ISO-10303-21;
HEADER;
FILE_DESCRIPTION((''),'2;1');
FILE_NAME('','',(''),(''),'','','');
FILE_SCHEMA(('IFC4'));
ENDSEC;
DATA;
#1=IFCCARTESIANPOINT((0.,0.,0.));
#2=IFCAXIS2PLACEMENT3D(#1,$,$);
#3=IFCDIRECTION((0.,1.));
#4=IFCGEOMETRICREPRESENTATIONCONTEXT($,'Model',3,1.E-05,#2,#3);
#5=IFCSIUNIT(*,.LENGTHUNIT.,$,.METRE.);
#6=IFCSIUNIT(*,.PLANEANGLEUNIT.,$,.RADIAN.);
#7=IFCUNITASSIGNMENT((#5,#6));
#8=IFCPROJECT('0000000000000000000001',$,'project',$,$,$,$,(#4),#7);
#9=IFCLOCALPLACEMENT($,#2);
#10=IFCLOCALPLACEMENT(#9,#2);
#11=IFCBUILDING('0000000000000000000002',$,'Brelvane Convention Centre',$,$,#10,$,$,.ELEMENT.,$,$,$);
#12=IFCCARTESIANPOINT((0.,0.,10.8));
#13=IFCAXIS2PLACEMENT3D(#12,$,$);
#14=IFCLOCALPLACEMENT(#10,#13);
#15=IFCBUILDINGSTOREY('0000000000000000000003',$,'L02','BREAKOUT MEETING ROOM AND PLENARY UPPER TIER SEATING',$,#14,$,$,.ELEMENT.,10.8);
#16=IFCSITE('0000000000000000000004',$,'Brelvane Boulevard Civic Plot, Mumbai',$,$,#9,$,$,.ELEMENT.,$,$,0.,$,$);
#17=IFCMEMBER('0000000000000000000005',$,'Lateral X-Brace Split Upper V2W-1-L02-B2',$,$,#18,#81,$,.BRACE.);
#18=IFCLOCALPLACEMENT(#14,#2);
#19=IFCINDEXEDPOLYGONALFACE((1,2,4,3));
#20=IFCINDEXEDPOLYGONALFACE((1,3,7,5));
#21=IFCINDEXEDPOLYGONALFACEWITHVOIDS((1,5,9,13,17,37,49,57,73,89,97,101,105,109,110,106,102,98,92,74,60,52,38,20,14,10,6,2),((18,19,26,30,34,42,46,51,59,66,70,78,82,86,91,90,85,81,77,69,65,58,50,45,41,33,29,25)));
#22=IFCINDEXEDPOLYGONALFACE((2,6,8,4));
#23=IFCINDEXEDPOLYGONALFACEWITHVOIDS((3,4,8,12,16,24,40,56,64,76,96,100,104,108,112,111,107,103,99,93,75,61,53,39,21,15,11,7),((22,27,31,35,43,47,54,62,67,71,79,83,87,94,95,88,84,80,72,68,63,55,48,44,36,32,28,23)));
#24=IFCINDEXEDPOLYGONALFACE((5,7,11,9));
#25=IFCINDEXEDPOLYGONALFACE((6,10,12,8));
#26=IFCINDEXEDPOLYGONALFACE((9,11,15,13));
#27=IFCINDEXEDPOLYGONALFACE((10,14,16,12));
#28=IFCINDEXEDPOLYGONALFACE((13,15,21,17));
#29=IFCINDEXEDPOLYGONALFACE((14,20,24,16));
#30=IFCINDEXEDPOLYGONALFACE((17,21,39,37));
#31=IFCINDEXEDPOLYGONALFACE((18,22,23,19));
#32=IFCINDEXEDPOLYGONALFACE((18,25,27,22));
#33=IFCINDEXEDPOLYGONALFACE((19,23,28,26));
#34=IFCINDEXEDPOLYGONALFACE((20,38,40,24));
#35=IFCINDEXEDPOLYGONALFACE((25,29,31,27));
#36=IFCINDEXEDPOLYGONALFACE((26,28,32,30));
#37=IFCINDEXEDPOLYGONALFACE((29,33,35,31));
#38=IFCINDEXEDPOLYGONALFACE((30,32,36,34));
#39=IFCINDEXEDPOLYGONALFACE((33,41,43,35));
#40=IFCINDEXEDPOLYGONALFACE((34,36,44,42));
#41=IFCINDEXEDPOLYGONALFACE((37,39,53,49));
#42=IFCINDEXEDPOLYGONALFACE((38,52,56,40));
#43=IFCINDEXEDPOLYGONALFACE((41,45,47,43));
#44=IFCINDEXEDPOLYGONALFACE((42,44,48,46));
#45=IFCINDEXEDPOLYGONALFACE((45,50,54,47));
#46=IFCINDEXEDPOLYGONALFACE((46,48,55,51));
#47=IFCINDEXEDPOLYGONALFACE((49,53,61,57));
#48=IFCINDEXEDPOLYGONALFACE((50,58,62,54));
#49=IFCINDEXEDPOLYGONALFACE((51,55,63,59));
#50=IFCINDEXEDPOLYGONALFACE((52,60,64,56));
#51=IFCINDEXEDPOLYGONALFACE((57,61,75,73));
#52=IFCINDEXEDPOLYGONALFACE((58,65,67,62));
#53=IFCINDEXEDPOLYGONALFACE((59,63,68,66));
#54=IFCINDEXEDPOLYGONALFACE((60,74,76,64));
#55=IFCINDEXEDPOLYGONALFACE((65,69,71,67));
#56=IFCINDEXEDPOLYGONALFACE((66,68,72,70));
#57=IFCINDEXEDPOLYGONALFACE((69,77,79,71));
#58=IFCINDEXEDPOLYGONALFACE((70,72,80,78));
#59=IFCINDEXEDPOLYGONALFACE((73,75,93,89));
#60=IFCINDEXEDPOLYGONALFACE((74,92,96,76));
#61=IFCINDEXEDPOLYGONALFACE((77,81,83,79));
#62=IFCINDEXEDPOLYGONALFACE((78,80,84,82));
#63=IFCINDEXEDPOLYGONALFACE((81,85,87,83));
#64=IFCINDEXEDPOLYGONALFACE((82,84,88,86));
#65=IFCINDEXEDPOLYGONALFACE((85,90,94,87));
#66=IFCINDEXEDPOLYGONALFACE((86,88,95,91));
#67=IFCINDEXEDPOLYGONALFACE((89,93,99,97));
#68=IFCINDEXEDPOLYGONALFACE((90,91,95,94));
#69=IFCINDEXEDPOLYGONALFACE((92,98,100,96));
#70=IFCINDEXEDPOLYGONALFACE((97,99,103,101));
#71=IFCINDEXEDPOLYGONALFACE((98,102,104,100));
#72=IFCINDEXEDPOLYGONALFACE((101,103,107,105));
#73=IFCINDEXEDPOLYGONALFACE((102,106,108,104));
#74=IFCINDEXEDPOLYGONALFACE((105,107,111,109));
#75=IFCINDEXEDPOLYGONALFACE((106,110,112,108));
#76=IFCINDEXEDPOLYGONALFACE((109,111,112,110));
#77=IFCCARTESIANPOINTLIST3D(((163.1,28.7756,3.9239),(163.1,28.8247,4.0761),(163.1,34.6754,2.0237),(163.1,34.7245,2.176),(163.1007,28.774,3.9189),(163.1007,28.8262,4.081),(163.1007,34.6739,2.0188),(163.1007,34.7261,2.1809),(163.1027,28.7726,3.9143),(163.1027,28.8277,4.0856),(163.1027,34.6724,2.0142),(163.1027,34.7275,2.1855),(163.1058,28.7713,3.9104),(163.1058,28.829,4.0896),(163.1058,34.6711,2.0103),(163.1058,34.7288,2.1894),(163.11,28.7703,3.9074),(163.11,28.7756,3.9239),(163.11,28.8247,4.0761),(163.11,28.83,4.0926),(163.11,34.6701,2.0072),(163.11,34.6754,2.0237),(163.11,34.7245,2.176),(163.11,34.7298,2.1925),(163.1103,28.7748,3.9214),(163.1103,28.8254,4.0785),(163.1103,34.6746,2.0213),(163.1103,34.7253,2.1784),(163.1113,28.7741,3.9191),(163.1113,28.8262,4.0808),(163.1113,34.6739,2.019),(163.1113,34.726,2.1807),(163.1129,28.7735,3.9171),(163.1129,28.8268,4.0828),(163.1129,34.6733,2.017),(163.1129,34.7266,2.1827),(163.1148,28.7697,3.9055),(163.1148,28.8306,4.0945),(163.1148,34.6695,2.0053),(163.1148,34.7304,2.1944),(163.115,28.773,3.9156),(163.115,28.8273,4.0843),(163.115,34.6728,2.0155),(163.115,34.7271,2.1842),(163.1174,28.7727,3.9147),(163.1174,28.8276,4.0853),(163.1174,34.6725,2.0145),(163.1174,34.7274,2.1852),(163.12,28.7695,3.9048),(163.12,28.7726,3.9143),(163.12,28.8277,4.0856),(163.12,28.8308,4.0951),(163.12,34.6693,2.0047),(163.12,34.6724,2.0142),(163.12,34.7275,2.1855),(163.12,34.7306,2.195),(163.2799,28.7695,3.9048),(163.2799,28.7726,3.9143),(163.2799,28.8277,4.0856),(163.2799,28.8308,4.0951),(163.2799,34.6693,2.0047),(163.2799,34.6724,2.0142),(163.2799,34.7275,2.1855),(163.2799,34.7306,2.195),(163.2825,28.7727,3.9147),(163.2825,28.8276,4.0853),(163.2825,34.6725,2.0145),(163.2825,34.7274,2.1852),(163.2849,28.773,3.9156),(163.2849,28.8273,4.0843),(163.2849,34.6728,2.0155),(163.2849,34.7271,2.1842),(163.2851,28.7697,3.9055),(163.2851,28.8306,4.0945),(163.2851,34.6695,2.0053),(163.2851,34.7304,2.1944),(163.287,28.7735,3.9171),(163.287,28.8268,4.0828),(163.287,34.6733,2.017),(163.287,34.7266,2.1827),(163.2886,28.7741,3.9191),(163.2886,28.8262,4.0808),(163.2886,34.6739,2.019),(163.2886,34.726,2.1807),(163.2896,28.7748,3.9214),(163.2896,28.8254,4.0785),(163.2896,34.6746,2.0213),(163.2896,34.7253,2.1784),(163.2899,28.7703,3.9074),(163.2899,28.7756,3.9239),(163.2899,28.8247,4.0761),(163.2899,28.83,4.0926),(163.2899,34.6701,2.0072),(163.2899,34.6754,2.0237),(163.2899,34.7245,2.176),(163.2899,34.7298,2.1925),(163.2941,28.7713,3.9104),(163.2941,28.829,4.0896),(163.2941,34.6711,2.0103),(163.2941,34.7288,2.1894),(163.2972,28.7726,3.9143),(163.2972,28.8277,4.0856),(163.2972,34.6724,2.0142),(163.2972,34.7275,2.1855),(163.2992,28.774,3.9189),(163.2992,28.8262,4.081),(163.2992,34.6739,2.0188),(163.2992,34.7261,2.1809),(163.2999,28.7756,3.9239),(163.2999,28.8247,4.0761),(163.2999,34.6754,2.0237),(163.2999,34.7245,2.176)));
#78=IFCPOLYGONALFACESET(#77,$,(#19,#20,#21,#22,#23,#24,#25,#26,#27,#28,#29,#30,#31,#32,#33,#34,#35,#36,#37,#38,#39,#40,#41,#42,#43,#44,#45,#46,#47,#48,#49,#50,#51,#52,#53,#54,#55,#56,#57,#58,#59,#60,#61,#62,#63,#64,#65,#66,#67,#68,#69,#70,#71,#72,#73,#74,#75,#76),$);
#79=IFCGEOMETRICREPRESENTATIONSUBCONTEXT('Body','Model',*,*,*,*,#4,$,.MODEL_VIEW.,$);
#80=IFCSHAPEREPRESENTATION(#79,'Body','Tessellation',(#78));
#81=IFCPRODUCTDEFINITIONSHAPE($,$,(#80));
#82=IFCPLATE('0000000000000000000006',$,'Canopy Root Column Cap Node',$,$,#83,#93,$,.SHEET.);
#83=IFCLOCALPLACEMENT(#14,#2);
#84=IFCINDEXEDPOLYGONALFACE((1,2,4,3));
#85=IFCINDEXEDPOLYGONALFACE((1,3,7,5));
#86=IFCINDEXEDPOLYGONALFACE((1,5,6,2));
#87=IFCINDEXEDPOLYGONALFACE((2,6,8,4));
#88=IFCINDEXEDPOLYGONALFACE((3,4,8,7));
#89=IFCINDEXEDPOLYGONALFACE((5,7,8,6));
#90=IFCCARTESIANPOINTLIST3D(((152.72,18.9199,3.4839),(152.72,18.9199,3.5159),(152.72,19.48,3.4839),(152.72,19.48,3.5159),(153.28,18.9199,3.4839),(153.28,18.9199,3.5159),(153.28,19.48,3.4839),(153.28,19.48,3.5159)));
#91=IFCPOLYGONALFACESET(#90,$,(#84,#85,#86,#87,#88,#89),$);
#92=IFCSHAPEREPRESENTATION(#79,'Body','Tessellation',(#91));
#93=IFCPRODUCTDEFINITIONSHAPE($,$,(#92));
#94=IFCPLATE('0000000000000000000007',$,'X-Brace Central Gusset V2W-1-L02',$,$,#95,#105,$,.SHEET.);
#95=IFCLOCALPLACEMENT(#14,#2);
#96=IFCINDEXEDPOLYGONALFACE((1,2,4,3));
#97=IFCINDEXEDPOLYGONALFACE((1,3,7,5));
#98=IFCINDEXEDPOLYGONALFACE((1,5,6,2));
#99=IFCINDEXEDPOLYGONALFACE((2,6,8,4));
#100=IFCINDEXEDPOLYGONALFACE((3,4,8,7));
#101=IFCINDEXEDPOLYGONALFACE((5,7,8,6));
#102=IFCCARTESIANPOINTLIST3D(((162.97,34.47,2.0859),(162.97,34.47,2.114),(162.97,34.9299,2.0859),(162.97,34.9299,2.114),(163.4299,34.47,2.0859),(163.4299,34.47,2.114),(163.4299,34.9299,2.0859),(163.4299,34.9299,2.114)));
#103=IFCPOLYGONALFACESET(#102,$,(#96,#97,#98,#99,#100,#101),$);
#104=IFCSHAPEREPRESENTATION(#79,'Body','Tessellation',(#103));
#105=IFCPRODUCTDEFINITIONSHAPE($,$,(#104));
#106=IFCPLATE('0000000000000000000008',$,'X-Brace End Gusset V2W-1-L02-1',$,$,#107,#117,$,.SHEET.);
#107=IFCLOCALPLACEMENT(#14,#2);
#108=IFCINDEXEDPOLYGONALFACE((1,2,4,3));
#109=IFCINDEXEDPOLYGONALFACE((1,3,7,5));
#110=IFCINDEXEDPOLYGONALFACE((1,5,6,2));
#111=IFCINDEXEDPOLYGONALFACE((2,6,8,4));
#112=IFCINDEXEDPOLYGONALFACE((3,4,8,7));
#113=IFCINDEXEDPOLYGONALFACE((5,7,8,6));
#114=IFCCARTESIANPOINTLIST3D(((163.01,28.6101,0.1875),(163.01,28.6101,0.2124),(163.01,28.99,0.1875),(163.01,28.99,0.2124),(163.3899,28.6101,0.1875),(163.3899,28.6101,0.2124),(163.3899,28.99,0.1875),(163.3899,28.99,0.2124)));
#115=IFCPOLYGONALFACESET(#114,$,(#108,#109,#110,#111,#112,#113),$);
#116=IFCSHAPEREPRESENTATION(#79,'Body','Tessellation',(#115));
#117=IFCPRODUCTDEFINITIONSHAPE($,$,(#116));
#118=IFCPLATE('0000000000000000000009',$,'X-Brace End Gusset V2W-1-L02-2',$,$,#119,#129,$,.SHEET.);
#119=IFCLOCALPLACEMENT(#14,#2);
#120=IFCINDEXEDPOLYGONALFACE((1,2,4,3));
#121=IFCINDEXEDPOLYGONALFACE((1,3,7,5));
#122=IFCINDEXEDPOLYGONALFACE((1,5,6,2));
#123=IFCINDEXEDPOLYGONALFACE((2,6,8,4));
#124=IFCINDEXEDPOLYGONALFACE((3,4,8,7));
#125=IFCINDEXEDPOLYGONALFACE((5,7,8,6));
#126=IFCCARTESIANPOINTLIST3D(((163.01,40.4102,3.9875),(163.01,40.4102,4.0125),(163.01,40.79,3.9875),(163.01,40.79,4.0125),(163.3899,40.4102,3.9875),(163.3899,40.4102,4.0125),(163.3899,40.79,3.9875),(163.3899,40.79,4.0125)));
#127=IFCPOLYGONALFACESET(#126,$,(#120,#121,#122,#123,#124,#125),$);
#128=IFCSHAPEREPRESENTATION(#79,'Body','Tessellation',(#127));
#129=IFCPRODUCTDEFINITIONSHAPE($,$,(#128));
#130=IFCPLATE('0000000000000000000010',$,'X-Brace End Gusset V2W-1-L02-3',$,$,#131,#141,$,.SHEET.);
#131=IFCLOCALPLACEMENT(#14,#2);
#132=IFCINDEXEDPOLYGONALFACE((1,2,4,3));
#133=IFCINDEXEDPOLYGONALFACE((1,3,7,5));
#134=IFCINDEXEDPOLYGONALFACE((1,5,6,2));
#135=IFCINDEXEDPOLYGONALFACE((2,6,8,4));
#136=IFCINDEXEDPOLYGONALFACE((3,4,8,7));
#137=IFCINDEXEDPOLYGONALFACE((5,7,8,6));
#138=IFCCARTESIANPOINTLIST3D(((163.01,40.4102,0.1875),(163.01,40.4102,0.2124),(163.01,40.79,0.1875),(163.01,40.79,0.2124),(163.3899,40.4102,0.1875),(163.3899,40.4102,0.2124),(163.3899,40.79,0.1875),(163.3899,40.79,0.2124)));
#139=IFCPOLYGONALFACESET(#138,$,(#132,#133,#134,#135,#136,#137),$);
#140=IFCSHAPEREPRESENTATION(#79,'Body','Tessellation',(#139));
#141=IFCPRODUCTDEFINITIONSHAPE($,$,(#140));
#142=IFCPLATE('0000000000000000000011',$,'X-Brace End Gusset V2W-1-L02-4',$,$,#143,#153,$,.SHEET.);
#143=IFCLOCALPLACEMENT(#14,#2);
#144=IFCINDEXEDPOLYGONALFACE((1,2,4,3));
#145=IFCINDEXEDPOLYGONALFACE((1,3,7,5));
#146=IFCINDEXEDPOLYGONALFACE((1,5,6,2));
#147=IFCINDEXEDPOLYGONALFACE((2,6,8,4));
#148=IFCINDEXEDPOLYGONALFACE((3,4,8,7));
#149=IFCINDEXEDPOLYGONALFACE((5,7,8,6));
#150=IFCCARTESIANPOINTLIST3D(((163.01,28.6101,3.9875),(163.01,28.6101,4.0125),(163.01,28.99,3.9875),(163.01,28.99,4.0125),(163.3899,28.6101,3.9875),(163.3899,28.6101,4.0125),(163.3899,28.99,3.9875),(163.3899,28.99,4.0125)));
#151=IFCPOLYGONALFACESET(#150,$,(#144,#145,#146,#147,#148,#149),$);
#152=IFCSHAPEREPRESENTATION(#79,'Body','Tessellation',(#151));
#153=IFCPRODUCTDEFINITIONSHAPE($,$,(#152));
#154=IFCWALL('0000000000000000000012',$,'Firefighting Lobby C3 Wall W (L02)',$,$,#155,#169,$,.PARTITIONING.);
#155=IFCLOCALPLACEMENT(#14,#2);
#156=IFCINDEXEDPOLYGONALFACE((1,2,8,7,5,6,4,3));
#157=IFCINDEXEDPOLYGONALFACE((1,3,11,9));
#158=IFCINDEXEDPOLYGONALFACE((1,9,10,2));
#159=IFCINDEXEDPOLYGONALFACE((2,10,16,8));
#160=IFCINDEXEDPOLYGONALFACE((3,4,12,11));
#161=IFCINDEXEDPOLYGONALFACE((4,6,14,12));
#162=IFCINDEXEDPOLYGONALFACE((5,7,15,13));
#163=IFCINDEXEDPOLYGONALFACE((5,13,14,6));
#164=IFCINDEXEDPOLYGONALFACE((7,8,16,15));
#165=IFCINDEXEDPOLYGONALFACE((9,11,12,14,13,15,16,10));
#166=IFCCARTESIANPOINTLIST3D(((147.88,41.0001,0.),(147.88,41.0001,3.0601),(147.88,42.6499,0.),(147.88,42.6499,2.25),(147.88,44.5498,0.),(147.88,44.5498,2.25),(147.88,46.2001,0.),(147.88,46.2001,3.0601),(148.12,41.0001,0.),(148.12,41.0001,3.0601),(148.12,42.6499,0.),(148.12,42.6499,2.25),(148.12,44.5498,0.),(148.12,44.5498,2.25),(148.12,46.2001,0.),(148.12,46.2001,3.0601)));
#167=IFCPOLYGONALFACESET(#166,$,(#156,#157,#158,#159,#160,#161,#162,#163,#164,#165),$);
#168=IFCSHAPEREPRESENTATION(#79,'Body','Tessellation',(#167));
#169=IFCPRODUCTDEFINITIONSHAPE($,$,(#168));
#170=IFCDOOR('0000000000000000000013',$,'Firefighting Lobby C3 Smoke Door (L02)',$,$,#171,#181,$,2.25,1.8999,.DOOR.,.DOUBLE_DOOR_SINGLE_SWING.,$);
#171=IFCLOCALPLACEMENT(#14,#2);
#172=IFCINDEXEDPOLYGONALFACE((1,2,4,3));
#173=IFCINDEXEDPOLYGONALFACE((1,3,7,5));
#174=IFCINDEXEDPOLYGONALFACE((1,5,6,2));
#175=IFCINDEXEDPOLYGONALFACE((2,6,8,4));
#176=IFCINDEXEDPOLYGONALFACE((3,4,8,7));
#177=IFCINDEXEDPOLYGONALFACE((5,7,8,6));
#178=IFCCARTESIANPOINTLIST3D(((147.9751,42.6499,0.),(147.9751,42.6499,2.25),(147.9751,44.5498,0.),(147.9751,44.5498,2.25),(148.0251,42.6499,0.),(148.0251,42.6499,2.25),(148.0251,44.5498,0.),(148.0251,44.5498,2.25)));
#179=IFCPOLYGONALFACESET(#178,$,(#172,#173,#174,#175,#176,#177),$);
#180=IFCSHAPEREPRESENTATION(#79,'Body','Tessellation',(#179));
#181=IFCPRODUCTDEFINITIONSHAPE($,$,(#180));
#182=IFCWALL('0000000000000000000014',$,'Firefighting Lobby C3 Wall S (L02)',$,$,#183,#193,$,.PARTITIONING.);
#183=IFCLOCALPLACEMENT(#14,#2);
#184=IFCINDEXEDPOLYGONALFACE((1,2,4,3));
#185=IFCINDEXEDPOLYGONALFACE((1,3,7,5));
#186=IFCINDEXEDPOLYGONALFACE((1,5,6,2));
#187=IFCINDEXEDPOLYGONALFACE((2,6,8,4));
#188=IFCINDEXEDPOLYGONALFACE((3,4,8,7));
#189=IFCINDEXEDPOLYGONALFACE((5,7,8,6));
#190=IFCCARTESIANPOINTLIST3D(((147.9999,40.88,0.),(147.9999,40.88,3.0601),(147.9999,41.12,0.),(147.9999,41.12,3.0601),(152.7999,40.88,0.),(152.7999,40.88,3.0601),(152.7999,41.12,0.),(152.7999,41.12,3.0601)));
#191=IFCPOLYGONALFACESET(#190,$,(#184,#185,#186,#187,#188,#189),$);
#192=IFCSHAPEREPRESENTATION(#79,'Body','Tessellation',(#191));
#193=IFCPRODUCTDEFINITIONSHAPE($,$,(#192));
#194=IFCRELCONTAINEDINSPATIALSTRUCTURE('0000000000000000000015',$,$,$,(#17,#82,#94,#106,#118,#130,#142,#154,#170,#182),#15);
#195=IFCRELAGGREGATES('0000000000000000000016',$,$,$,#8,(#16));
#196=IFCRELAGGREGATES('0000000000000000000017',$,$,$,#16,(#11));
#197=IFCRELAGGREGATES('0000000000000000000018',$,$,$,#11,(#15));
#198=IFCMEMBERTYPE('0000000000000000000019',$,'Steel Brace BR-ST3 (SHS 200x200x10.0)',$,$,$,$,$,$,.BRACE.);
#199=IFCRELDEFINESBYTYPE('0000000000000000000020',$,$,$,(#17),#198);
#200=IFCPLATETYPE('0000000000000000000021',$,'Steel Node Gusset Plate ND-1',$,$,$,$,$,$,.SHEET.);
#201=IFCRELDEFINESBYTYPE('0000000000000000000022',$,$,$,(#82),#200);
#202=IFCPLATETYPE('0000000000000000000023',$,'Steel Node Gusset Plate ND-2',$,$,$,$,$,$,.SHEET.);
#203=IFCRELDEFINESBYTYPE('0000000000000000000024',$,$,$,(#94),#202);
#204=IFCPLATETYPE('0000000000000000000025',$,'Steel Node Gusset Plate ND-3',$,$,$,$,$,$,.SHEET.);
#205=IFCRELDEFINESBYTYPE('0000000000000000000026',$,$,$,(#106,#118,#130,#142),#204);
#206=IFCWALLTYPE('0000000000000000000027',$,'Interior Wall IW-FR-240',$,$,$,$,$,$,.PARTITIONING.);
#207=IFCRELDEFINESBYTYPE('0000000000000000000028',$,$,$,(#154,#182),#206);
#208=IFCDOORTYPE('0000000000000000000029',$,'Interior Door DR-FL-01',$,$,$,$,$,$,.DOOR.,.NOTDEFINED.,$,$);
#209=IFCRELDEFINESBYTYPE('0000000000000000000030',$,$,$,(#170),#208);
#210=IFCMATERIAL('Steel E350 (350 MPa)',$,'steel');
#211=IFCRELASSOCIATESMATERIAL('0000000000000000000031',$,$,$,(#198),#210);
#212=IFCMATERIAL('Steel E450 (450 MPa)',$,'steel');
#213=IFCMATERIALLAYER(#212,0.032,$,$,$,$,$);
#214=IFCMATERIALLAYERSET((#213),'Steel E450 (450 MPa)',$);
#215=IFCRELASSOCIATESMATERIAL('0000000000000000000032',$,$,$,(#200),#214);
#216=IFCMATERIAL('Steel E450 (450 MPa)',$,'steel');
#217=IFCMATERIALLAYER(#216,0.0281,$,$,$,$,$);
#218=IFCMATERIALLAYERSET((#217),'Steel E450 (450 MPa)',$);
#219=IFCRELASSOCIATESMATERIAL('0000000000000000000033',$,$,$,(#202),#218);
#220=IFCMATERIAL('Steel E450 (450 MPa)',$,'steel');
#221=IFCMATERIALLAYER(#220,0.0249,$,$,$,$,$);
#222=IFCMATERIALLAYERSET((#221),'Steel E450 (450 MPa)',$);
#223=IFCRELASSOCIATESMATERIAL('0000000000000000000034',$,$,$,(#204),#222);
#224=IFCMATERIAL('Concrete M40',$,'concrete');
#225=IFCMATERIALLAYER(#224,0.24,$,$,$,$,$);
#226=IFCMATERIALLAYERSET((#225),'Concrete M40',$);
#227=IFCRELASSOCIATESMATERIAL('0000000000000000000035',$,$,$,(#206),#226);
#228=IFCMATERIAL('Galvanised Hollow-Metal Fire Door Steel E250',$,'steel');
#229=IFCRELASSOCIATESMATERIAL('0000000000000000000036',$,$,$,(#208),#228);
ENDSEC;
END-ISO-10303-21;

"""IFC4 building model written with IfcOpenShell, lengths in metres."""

from ifc_helpers import new_model, si_unit, direction, frame, frame_2d, origin, origin_2d, place, context, subcontext, project, spatial, rectangle, hollow_rectangle, extrude, material, layer, layer_set, material_profile, profile_set, type_object, element, fill, save


model = new_model("IFC4")

# Units and contexts
model_context = context("Model", 3, precision=1e-05, world=origin(), true_north=direction((0.0, 1.0)))
body_context = subcontext(model_context, "Body", "Model", "MODEL_VIEW")
ifc_project = project(units=[si_unit("LENGTHUNIT", "METRE"), si_unit("PLANEANGLEUNIT", "RADIAN")], contexts=[model_context])

# Site, building, storey
site_placement = place(None, origin())
site = spatial("IfcSite", under=ifc_project, at=site_placement, Name="Brelvane Boulevard Civic Plot, Mumbai", CompositionType="ELEMENT", RefElevation=0.0)
building_placement = place(site_placement, origin())
building = spatial("IfcBuilding", under=site, at=building_placement, Name="Brelvane Convention Centre", CompositionType="ELEMENT")
storey_placement = place(building_placement, frame((0.0, 0.0, 10.8)))
storey = spatial("IfcBuildingStorey", under=building, at=storey_placement, Name="L02", Description="BREAKOUT MEETING ROOM AND PLENARY UPPER TIER SEATING", CompositionType="ELEMENT", Elevation=10.8)

# Member
ifc_material_1 = material(Name="Steel E350 (350 MPa)", Category="steel")
ifc_material_profile_1 = material_profile(ifc_material_1, hollow_rectangle(XDim=0.2, YDim=0.2, WallThickness=0.01, InnerFilletRadius=0.01, OuterFilletRadius=0.02, at=origin_2d()), Name="SHS 200x200x10.0")
ifc_profile_set_1 = profile_set([ifc_material_profile_1], Name="Steel E350 (350 MPa)")
member_type_1 = type_object("IfcMemberType", Name="Steel Brace BR-ST3 (SHS 200x200x10.0)", PredefinedType="BRACE", material=ifc_profile_set_1)
member_1_placement = place(storey_placement, frame((163.2, 34.7, 2.0999), z_axis=(0.0, -0.951852, 0.306557), x_axis=(1.0, 0.0, 0.0)))
element("IfcMember", 1, at=member_1_placement, inside=storey, type_object=member_type_1, Name="Lateral X-Brace Split Upper V2W-1-L02-B2", PredefinedType="BRACE", context=body_context, shape_type="SweptSolid", body=[
    extrude(hollow_rectangle(XDim=0.2, YDim=0.2, WallThickness=0.01, InnerFilletRadius=0.01, OuterFilletRadius=0.02, at=origin_2d()), origin(), (0.0, 0.0, 1.0), 6.1982),
])

# Plates
ifc_material_2 = material(Name="Steel E450 (450 MPa)", Category="steel")
ifc_layer_1 = layer(ifc_material_2, 0.032)
ifc_layer_set_1 = layer_set([ifc_layer_1], Name="Steel E450 (450 MPa)")
plate_type_1 = type_object("IfcPlateType", Name="Steel Node Gusset Plate ND-1", PredefinedType="SHEET", material=ifc_layer_set_1)
plate_1_placement = place(storey_placement, frame((153.0, 19.2, 3.4839), z_axis=(0.0, 0.0, 1.0), x_axis=(1.0, 0.0, 0.0)))
element("IfcPlate", 2, at=plate_1_placement, inside=storey, type_object=plate_type_1, Name="Canopy Root Column Cap Node", PredefinedType="SHEET", context=body_context, shape_type="SweptSolid", body=[
    extrude(rectangle(XDim=0.5601, YDim=0.5601, at=origin_2d()), origin(), (0.0, 0.0, 1.0), 0.032),
])
ifc_material_3 = material(Name="Steel E450 (450 MPa)", Category="steel")
ifc_layer_2 = layer(ifc_material_3, 0.0281)
ifc_layer_set_2 = layer_set([ifc_layer_2], Name="Steel E450 (450 MPa)")
plate_type_2 = type_object("IfcPlateType", Name="Steel Node Gusset Plate ND-2", PredefinedType="SHEET", material=ifc_layer_set_2)
plate_2_placement = place(storey_placement, frame((163.2, 34.7, 2.0859), z_axis=(0.0, 0.0, 1.0), x_axis=(1.0, 0.0, 0.0)))
element("IfcPlate", 3, at=plate_2_placement, inside=storey, type_object=plate_type_2, Name="X-Brace Central Gusset V2W-1-L02", PredefinedType="SHEET", context=body_context, shape_type="SweptSolid", body=[
    extrude(rectangle(XDim=0.46, YDim=0.46, at=origin_2d()), origin(), (0.0, 0.0, 1.0), 0.0281),
])
ifc_material_4 = material(Name="Steel E450 (450 MPa)", Category="steel")
ifc_layer_3 = layer(ifc_material_4, 0.0249)
ifc_layer_set_3 = layer_set([ifc_layer_3], Name="Steel E450 (450 MPa)")
plate_type_3 = type_object("IfcPlateType", Name="Steel Node Gusset Plate ND-3", PredefinedType="SHEET", material=ifc_layer_set_3)
for number, where, z_axis, x_axis, name in (
    (4, (163.2, 28.8, 0.1875), (0.0, 0.0, 1.0), (1.0, 0.0, 0.0), "X-Brace End Gusset V2W-1-L02-1"),
    (5, (163.2, 40.6001, 3.9875), (0.0, 0.0, 1.0), (1.0, 0.0, 0.0), "X-Brace End Gusset V2W-1-L02-2"),
    (6, (163.2, 40.6001, 0.1875), (0.0, 0.0, 1.0), (1.0, 0.0, 0.0), "X-Brace End Gusset V2W-1-L02-3"),
    (7, (163.2, 28.8, 3.9875), (0.0, 0.0, 1.0), (1.0, 0.0, 0.0), "X-Brace End Gusset V2W-1-L02-4"),
):
    element("IfcPlate", number, at=place(storey_placement, frame(where, z_axis=z_axis, x_axis=x_axis)), inside=storey, type_object=plate_type_3, Name=name, PredefinedType="SHEET", context=body_context, shape_type="SweptSolid", body=[
        extrude(rectangle(XDim=0.3799, YDim=0.3799, at=origin_2d()), origin(), (0.0, 0.0, 1.0), 0.0249),
    ])

# Wall, opening, door
ifc_material_5 = material(Name="Concrete M40", Category="concrete")
ifc_layer_4 = layer(ifc_material_5, 0.24)
ifc_layer_set_4 = layer_set([ifc_layer_4], Name="Concrete M40")
wall_type_1 = type_object("IfcWallType", Name="Interior Wall IW-FR-240", PredefinedType="PARTITIONING", material=ifc_layer_set_4)
wall_1_placement = place(storey_placement, frame((148.0, 41.0, 0.0), z_axis=(0.0, 0.0, 1.0), x_axis=(0.0, 1.0, 0.0)))
wall_1 = element("IfcWall", 8, at=wall_1_placement, inside=storey, type_object=wall_type_1, Name="Firefighting Lobby C3 Wall W (L02)", PredefinedType="PARTITIONING", context=body_context, shape_type="SweptSolid", body=[
    extrude(rectangle(XDim=5.2, YDim=0.24, at=frame_2d((2.6001, 0.0))), origin(), (0.0, 0.0, 1.0), 3.0601),
])
opening_1_placement = place(wall_1_placement, frame((1.6499, 0.0, 0.0)))
opening_1 = element("IfcOpeningElement", 9, at=opening_1_placement, cuts=wall_1, PredefinedType="OPENING", context=body_context, shape_type="SweptSolid", body=[
    extrude(rectangle(XDim=1.8999, YDim=2.25, at=frame_2d((0.95, 1.125))), frame((0.0, 0.1299, 0.0), z_axis=(0.0, -1.0, 0.0), x_axis=(1.0, 0.0, 0.0)), (0.0, 0.0, 1.0), 0.26),
])
ifc_material_6 = material(Name="Galvanised Hollow-Metal Fire Door Steel E250", Category="steel")
door_type_1 = type_object("IfcDoorType", Name="Interior Door DR-FL-01", OperationType="NOTDEFINED", PredefinedType="DOOR", material=ifc_material_6)
door_1_placement = place(opening_1_placement, origin())
door_1 = element("IfcDoor", 10, at=door_1_placement, inside=storey, type_object=door_type_1, Name="Firefighting Lobby C3 Smoke Door (L02)", OperationType="DOUBLE_DOOR_SINGLE_SWING", OverallHeight=2.25, OverallWidth=1.8999, PredefinedType="DOOR", context=body_context, shape_type="SweptSolid", body=[
    extrude(rectangle(XDim=1.8999, YDim=2.25, at=frame_2d((0.95, 1.125))), frame((0.0, 0.0249, 0.0), z_axis=(0.0, -1.0, 0.0), x_axis=(1.0, 0.0, 0.0)), (0.0, 0.0, 1.0), 0.05),
])
fill(opening_1, door_1)

# Wall
wall_2_placement = place(storey_placement, frame((148.0, 41.0, 0.0), z_axis=(0.0, 0.0, 1.0), x_axis=(1.0, 0.0, 0.0)))
element("IfcWall", 11, at=wall_2_placement, inside=storey, type_object=wall_type_1, Name="Firefighting Lobby C3 Wall S (L02)", PredefinedType="PARTITIONING", context=body_context, shape_type="SweptSolid", body=[
    extrude(rectangle(XDim=4.8, YDim=0.24, at=frame_2d((2.3999, 0.0))), origin(), (0.0, 0.0, 1.0), 3.0601),
])

save(model, "model.ifc")
